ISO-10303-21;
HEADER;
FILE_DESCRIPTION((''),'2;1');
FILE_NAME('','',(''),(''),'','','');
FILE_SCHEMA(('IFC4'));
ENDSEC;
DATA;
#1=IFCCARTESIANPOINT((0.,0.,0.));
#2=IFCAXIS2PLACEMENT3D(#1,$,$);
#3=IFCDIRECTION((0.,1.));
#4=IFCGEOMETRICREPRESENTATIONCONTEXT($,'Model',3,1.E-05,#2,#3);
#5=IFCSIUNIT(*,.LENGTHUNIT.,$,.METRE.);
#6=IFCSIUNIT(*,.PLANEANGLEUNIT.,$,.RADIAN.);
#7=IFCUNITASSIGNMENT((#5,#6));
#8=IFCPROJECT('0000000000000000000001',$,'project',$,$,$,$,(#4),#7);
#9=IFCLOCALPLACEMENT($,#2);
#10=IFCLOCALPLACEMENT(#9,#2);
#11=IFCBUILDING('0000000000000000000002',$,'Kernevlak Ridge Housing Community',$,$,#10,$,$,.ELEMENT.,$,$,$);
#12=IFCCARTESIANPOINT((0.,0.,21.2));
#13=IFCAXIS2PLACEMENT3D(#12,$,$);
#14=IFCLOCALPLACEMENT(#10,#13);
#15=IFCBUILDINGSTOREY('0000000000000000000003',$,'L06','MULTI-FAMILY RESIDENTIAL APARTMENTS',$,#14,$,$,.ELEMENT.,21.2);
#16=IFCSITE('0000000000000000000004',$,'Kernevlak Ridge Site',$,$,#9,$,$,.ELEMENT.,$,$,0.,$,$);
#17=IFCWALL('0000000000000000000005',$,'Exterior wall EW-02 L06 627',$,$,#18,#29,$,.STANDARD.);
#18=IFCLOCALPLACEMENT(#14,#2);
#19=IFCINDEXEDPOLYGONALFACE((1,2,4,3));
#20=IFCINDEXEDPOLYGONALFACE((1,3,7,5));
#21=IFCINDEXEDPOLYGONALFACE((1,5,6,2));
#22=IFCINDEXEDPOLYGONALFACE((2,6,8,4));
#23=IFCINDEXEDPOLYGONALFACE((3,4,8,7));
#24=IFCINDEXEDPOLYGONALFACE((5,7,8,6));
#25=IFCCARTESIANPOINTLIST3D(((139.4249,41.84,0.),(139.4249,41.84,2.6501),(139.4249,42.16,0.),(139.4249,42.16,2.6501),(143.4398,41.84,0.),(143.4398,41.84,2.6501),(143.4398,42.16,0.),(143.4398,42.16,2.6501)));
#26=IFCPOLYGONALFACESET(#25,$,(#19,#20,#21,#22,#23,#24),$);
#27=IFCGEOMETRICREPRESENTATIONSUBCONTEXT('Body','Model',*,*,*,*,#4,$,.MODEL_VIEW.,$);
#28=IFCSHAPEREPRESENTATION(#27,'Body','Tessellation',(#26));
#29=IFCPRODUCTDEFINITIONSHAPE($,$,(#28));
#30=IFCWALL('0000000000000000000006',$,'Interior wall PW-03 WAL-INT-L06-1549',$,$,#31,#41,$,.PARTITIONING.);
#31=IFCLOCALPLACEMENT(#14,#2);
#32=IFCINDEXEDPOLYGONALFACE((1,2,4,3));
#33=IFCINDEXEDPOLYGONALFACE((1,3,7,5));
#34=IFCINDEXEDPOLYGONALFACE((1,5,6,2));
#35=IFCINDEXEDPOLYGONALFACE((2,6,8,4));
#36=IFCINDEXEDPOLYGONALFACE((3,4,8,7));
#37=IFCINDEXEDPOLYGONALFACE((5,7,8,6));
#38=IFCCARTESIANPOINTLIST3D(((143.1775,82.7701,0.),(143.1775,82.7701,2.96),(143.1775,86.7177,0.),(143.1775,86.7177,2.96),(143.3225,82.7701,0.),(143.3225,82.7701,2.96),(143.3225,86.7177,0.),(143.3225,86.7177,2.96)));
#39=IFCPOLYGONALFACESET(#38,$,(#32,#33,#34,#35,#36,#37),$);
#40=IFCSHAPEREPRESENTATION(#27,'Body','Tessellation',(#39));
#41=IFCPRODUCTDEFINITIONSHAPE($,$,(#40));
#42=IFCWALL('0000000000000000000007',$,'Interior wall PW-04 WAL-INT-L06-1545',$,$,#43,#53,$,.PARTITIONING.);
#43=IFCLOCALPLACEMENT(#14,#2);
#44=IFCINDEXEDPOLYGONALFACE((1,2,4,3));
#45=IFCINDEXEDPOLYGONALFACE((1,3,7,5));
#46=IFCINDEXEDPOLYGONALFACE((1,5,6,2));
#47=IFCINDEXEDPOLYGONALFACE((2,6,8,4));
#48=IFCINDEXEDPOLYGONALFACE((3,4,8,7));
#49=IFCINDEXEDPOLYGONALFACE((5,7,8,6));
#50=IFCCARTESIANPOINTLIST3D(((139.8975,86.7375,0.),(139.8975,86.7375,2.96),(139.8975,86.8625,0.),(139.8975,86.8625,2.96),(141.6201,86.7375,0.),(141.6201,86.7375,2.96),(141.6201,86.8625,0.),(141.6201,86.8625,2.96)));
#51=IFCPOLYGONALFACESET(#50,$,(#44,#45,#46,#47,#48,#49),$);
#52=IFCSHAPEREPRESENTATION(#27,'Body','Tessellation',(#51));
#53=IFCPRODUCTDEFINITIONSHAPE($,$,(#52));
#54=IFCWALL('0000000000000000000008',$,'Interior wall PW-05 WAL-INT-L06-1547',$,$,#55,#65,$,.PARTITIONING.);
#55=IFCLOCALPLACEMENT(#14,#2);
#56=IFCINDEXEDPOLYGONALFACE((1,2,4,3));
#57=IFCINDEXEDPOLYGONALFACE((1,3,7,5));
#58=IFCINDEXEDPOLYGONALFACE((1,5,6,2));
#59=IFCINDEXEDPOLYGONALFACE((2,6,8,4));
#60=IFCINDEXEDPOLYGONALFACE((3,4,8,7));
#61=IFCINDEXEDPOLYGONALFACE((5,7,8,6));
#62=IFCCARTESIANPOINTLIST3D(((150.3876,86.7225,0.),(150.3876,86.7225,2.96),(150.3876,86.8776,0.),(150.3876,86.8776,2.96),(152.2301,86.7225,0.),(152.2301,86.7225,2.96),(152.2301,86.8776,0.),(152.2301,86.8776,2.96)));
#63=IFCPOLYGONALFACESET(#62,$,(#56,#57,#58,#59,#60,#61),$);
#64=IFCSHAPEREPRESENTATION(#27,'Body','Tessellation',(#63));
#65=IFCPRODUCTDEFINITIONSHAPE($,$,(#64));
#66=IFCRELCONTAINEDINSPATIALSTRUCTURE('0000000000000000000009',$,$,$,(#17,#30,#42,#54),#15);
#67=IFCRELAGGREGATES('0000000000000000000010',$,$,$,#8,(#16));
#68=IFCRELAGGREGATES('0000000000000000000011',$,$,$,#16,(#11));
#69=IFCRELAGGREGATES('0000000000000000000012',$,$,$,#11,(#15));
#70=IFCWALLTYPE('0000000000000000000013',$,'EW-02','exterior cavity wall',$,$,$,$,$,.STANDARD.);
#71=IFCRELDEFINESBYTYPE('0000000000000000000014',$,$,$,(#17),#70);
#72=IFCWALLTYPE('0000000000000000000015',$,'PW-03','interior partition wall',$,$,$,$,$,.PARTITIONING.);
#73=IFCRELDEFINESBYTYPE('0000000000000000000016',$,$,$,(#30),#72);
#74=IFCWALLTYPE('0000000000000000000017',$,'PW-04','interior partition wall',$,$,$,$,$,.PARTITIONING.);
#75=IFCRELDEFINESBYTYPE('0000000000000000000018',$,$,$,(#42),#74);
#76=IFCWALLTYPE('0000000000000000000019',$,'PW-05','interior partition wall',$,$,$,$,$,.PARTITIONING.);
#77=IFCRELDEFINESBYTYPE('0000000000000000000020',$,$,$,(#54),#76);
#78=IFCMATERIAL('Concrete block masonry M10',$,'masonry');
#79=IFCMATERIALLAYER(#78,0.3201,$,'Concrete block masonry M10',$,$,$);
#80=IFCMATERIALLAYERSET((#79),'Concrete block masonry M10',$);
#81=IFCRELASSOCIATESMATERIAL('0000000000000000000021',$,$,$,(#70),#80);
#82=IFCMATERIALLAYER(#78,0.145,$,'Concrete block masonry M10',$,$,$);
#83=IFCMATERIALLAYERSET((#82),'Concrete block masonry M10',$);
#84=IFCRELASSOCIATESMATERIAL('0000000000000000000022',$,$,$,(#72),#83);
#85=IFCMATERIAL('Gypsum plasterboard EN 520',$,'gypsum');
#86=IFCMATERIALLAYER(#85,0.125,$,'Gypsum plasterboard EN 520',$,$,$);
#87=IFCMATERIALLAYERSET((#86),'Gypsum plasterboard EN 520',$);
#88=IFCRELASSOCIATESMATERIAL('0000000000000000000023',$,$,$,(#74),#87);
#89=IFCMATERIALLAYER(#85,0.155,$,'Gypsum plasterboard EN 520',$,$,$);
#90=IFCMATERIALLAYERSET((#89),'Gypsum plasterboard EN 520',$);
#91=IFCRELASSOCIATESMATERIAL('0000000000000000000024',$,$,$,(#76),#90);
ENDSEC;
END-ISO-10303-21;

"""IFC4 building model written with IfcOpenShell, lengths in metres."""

from ifc_helpers import new_model, si_unit, direction, frame, frame_2d, origin, place, context, subcontext, project, spatial, rectangle, extrude, material, layer, layer_set, type_object, element, save


model = new_model("IFC4")

# Units and contexts
model_context = context("Model", 3, precision=1e-05, world=origin(), true_north=direction((0.0, 1.0)))
body_context = subcontext(model_context, "Body", "Model", "MODEL_VIEW")
ifc_project = project(units=[si_unit("LENGTHUNIT", "METRE"), si_unit("PLANEANGLEUNIT", "RADIAN")], contexts=[model_context])

# Site, building, storey
site_placement = place(None, origin())
site = spatial("IfcSite", under=ifc_project, at=site_placement, Name="Kernevlak Ridge Site", CompositionType="ELEMENT", RefElevation=0.0)
building_placement = place(site_placement, origin())
building = spatial("IfcBuilding", under=site, at=building_placement, Name="Kernevlak Ridge Housing Community", CompositionType="ELEMENT")
storey_placement = place(building_placement, frame((0.0, 0.0, 21.2)))
storey = spatial("IfcBuildingStorey", under=building, at=storey_placement, Name="L06", Description="MULTI-FAMILY RESIDENTIAL APARTMENTS", CompositionType="ELEMENT", Elevation=21.2)

# Shared definitions
ifc_material_1 = material(Name="Concrete block masonry M10", Category="masonry")
ifc_layer_1 = layer(ifc_material_1, 0.3201, Name="Concrete block masonry M10")
ifc_layer_set_1 = layer_set([ifc_layer_1], Name="Concrete block masonry M10")
wall_type_1 = type_object("IfcWallType", Name="EW-02", Description="exterior cavity wall", PredefinedType="STANDARD", material=ifc_layer_set_1)

# Wall
wall_1_placement = place(storey_placement, frame((139.425, 42.0, 0.0), z_axis=(0.0, 0.0, 1.0), x_axis=(1.0, 0.0, 0.0)))
element("IfcWall", 1, at=wall_1_placement, inside=storey, type_object=wall_type_1, Name="Exterior wall EW-02 L06 627", PredefinedType="STANDARD", context=body_context, shape_type="SweptSolid", body=[
    extrude(rectangle(XDim=4.0149, YDim=0.3201, at=frame_2d((2.0073, 0.0))), origin(), (0.0, 0.0, 1.0), 2.6501),
])

# Shared definitions
ifc_layer_2 = layer(ifc_material_1, 0.145, Name="Concrete block masonry M10")
ifc_layer_set_2 = layer_set([ifc_layer_2], Name="Concrete block masonry M10")
wall_type_2 = type_object("IfcWallType", Name="PW-03", Description="interior partition wall", PredefinedType="PARTITIONING", material=ifc_layer_set_2)

# Walls
wall_2_placement = place(storey_placement, frame((143.25, 86.7175, 0.0), z_axis=(0.0, 0.0, 1.0), x_axis=(0.0, -1.0, 0.0)))
element("IfcWall", 2, at=wall_2_placement, inside=storey, type_object=wall_type_2, Name="Interior wall PW-03 WAL-INT-L06-1549", PredefinedType="PARTITIONING", context=body_context, shape_type="SweptSolid", body=[
    extrude(rectangle(XDim=3.9475, YDim=0.145, at=frame_2d((1.9736, 0.0))), origin(), (0.0, 0.0, 1.0), 2.96),
])
ifc_material_2 = material(Name="Gypsum plasterboard EN 520", Category="gypsum")
ifc_layer_3 = layer(ifc_material_2, 0.125, Name="Gypsum plasterboard EN 520")
ifc_layer_set_3 = layer_set([ifc_layer_3], Name="Gypsum plasterboard EN 520")
wall_type_3 = type_object("IfcWallType", Name="PW-04", Description="interior partition wall", PredefinedType="PARTITIONING", material=ifc_layer_set_3)
wall_3_placement = place(storey_placement, frame((139.8975, 86.8, 0.0), z_axis=(0.0, 0.0, 1.0), x_axis=(1.0, 0.0, 0.0)))
element("IfcWall", 3, at=wall_3_placement, inside=storey, type_object=wall_type_3, Name="Interior wall PW-04 WAL-INT-L06-1545", PredefinedType="PARTITIONING", context=body_context, shape_type="SweptSolid", body=[
    extrude(rectangle(XDim=1.7227, YDim=0.125, at=frame_2d((0.8613, 0.0))), origin(), (0.0, 0.0, 1.0), 2.96),
])
ifc_layer_4 = layer(ifc_material_2, 0.155, Name="Gypsum plasterboard EN 520")
ifc_layer_set_4 = layer_set([ifc_layer_4], Name="Gypsum plasterboard EN 520")
wall_type_4 = type_object("IfcWallType", Name="PW-05", Description="interior partition wall", PredefinedType="PARTITIONING", material=ifc_layer_set_4)
wall_4_placement = place(storey_placement, frame((150.3875, 86.8, 0.0), z_axis=(0.0, 0.0, 1.0), x_axis=(1.0, 0.0, 0.0)))
element("IfcWall", 4, at=wall_4_placement, inside=storey, type_object=wall_type_4, Name="Interior wall PW-05 WAL-INT-L06-1547", PredefinedType="PARTITIONING", context=body_context, shape_type="SweptSolid", body=[
    extrude(rectangle(XDim=1.8425, YDim=0.155, at=frame_2d((0.9214, 0.0))), origin(), (0.0, 0.0, 1.0), 2.96),
])

save(model, "model.ifc")
